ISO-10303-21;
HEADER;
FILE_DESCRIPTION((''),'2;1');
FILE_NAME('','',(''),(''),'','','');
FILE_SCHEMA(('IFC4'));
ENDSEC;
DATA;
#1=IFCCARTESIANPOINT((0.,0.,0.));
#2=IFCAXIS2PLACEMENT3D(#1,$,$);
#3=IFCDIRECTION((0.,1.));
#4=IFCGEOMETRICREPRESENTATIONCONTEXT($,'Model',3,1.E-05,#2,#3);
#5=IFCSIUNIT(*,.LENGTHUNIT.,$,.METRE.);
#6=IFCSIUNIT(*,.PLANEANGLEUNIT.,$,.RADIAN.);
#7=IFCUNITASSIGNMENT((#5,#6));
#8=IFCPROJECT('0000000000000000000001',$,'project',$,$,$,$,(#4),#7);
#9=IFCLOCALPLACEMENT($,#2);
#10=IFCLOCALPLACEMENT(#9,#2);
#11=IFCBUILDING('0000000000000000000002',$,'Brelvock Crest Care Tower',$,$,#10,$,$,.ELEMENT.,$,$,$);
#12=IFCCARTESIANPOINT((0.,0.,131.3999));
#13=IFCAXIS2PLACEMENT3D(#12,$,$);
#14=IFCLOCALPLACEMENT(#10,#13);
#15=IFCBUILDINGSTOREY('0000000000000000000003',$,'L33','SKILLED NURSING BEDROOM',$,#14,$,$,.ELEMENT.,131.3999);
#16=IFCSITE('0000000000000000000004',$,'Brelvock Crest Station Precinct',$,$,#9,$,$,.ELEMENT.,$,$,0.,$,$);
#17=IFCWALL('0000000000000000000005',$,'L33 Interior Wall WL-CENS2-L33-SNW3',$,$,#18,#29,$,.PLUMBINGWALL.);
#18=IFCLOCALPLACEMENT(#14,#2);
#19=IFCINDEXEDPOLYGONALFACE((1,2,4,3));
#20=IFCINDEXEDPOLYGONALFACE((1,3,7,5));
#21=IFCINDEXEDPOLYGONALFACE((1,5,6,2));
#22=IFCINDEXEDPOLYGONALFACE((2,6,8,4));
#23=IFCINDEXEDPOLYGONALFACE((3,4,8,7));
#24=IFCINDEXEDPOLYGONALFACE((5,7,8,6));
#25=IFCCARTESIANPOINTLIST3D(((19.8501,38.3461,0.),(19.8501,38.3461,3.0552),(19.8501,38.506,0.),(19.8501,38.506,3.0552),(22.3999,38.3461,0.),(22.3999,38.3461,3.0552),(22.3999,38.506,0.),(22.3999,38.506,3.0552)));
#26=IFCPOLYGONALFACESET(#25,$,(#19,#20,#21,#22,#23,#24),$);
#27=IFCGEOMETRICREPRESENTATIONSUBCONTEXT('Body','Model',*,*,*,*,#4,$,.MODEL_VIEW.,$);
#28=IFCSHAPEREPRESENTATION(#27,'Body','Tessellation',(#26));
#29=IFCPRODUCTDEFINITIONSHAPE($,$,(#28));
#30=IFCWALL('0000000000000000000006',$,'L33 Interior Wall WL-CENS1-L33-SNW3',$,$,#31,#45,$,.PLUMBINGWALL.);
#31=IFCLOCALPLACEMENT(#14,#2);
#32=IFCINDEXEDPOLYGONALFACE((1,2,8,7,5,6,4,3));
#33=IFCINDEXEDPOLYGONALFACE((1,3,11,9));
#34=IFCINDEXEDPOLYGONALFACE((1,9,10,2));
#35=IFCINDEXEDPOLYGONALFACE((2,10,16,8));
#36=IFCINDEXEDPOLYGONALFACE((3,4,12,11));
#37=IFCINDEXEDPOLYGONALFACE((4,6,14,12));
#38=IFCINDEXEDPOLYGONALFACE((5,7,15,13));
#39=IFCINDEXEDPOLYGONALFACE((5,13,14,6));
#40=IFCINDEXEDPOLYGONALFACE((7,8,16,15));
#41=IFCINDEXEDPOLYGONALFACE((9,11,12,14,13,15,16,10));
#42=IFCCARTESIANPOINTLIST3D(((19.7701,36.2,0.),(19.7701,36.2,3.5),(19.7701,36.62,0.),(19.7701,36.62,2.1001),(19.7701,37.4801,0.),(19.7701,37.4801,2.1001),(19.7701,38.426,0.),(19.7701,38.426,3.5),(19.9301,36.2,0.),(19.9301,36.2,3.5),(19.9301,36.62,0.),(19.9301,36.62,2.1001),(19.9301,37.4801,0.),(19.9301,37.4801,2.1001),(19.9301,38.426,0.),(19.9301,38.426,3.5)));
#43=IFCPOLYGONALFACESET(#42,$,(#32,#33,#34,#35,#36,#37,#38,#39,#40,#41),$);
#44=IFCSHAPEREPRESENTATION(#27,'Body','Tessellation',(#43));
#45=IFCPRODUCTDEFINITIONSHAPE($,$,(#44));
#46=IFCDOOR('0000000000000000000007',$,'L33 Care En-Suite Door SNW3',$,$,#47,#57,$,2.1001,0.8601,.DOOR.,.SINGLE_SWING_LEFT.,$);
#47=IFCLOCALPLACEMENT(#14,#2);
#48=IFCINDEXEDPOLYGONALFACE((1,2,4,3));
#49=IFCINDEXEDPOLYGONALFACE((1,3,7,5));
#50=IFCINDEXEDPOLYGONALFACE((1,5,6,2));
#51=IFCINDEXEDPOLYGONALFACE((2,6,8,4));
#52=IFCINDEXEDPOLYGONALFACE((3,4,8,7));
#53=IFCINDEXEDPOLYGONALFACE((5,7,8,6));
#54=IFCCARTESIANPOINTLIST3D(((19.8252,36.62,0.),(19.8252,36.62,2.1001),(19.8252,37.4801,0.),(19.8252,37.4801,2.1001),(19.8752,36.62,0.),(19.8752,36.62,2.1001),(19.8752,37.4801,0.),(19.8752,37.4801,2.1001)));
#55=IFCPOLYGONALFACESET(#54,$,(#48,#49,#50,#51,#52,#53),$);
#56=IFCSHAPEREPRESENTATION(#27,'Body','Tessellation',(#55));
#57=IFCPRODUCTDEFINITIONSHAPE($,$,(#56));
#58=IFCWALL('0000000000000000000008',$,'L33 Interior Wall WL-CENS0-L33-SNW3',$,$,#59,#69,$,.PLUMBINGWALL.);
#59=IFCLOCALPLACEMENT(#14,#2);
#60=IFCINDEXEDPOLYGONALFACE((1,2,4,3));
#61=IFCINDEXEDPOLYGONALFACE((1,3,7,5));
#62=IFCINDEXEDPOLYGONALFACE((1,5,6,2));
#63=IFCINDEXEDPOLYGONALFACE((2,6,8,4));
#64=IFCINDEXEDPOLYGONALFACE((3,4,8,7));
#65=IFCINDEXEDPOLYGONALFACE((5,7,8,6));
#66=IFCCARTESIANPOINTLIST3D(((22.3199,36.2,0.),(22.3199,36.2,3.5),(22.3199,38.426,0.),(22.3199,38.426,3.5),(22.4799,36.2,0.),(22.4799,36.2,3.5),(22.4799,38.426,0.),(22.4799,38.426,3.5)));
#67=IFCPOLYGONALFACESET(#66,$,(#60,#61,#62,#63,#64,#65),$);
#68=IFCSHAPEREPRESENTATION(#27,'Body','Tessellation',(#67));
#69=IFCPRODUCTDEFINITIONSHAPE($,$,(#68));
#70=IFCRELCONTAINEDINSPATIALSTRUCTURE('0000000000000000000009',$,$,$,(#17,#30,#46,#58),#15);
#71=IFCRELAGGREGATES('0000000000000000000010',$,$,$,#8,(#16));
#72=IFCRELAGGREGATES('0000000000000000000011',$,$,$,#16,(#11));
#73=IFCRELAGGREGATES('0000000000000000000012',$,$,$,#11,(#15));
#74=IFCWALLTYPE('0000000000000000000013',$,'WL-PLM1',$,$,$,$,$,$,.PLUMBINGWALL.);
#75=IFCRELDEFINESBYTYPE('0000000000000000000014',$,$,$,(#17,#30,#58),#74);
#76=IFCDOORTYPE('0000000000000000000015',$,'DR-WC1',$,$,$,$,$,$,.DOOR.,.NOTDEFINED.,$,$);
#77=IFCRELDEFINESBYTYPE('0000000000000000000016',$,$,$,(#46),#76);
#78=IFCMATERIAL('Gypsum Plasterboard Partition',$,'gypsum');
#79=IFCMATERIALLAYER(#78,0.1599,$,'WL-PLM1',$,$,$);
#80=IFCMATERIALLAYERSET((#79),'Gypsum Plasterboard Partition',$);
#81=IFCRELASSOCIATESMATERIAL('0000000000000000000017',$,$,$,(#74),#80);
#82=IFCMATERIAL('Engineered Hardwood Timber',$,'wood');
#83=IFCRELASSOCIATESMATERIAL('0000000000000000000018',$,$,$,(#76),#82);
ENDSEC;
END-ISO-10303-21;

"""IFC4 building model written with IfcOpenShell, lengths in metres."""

from ifc_helpers import new_model, si_unit, direction, frame, frame_2d, origin, origin_2d, place, context, subcontext, project, spatial, rectangle, extrude, source, transform, mapped, material, layer, layer_set, type_object, element, fill, save


model = new_model("IFC4")

# Units and contexts
model_context = context("Model", 3, precision=1e-05, world=origin(), true_north=direction((0.0, 1.0)))
body_context = subcontext(model_context, "Body", "Model", "MODEL_VIEW")
ifc_project = project(units=[si_unit("LENGTHUNIT", "METRE"), si_unit("PLANEANGLEUNIT", "RADIAN")], contexts=[model_context])

# Site, building, storey
site_placement = place(None, origin())
site = spatial("IfcSite", under=ifc_project, at=site_placement, Name="Brelvock Crest Station Precinct", CompositionType="ELEMENT", RefElevation=0.0)
building_placement = place(site_placement, origin())
building = spatial("IfcBuilding", under=site, at=building_placement, Name="Brelvock Crest Care Tower", CompositionType="ELEMENT")
storey_placement = place(building_placement, frame((0.0, 0.0, 131.3999)))
storey = spatial("IfcBuildingStorey", under=building, at=storey_placement, Name="L33", Description="SKILLED NURSING BEDROOM", CompositionType="ELEMENT", Elevation=131.3999)

# Shared definitions
ifc_material_1 = material(Name="Engineered Hardwood Timber", Category="wood")

# Wall
ifc_material_2 = material(Name="Gypsum Plasterboard Partition", Category="gypsum")
ifc_layer_1 = layer(ifc_material_2, 0.1599, Name="WL-PLM1")
ifc_layer_set_1 = layer_set([ifc_layer_1], Name="Gypsum Plasterboard Partition")
wall_type_1 = type_object("IfcWallType", Name="WL-PLM1", PredefinedType="PLUMBINGWALL", material=ifc_layer_set_1)
wall_1_placement = place(storey_placement, frame((19.8501, 38.426, 0.0), z_axis=(0.0, 0.0, 1.0), x_axis=(1.0, 0.0, 0.0)))
element("IfcWall", 1, at=wall_1_placement, inside=storey, type_object=wall_type_1, Name="L33 Interior Wall WL-CENS2-L33-SNW3", PredefinedType="PLUMBINGWALL", context=body_context, shape_type="SweptSolid", body=[
    extrude(rectangle(XDim=2.5498, YDim=0.1599, at=frame_2d((1.2749, 0.0))), origin(), (0.0, 0.0, 1.0), 3.0552),
])

# Wall, opening, door
wall_2_placement = place(storey_placement, frame((19.8501, 36.2, 0.0), z_axis=(0.0, 0.0, 1.0), x_axis=(0.0, 1.0, 0.0)))
wall_2 = element("IfcWall", 2, at=wall_2_placement, inside=storey, type_object=wall_type_1, Name="L33 Interior Wall WL-CENS1-L33-SNW3", PredefinedType="PLUMBINGWALL", context=body_context, shape_type="SweptSolid", body=[
    extrude(rectangle(XDim=2.2261, YDim=0.1599, at=frame_2d((1.113, 0.0))), origin(), (0.0, 0.0, 1.0), 3.5),
])
opening_1_placement = place(wall_2_placement, frame((0.4199, 0.0, 0.0)))
opening_1 = element("IfcOpeningElement", 3, at=opening_1_placement, cuts=wall_2, PredefinedType="OPENING", context=body_context, shape_type="SweptSolid", body=[
    extrude(rectangle(XDim=0.8601, YDim=2.1001, at=origin_2d()), frame((0.4302, 0.0898, 1.05), z_axis=(0.0, -1.0, 0.0), x_axis=(1.0, 0.0, 0.0)), (0.0, 0.0, 1.0), 0.1799),
])
door_type_1 = type_object("IfcDoorType", Name="DR-WC1", OperationType="NOTDEFINED", PredefinedType="DOOR", material=ifc_material_1)
shared_shape_1 = source(origin(), body_context, "Body", "SweptSolid", [
    extrude(rectangle(XDim=0.8601, YDim=2.1001, at=origin_2d()), frame((0.4302, 0.0249, 1.05), z_axis=(0.0, -1.0, 0.0), x_axis=(1.0, 0.0, 0.0)), (0.0, 0.0, 1.0), 0.05),
])
door_1_placement = place(opening_1_placement, origin())
door_1 = element("IfcDoor", 4, at=door_1_placement, inside=storey, type_object=door_type_1, Name="L33 Care En-Suite Door SNW3", OperationType="SINGLE_SWING_LEFT", OverallHeight=2.1001, OverallWidth=0.8601, PredefinedType="DOOR", context=body_context, shape_type="MappedRepresentation", body=[
    mapped(shared_shape_1, transform((0.0, 0.0, 0.0), x_axis=(1.0, 0.0, 0.0), y_axis=(0.0, 1.0, 0.0), z_axis=(0.0, 0.0, 1.0), scale=1.0)),
])
fill(opening_1, door_1)

# Wall
wall_3_placement = place(storey_placement, frame((22.3999, 36.2, 0.0), z_axis=(0.0, 0.0, 1.0), x_axis=(0.0, 1.0, 0.0)))
element("IfcWall", 5, at=wall_3_placement, inside=storey, type_object=wall_type_1, Name="L33 Interior Wall WL-CENS0-L33-SNW3", PredefinedType="PLUMBINGWALL", context=body_context, shape_type="SweptSolid", body=[
    extrude(rectangle(XDim=2.2261, YDim=0.1599, at=frame_2d((1.113, 0.0))), origin(), (0.0, 0.0, 1.0), 3.5),
])

save(model, "model.ifc")
